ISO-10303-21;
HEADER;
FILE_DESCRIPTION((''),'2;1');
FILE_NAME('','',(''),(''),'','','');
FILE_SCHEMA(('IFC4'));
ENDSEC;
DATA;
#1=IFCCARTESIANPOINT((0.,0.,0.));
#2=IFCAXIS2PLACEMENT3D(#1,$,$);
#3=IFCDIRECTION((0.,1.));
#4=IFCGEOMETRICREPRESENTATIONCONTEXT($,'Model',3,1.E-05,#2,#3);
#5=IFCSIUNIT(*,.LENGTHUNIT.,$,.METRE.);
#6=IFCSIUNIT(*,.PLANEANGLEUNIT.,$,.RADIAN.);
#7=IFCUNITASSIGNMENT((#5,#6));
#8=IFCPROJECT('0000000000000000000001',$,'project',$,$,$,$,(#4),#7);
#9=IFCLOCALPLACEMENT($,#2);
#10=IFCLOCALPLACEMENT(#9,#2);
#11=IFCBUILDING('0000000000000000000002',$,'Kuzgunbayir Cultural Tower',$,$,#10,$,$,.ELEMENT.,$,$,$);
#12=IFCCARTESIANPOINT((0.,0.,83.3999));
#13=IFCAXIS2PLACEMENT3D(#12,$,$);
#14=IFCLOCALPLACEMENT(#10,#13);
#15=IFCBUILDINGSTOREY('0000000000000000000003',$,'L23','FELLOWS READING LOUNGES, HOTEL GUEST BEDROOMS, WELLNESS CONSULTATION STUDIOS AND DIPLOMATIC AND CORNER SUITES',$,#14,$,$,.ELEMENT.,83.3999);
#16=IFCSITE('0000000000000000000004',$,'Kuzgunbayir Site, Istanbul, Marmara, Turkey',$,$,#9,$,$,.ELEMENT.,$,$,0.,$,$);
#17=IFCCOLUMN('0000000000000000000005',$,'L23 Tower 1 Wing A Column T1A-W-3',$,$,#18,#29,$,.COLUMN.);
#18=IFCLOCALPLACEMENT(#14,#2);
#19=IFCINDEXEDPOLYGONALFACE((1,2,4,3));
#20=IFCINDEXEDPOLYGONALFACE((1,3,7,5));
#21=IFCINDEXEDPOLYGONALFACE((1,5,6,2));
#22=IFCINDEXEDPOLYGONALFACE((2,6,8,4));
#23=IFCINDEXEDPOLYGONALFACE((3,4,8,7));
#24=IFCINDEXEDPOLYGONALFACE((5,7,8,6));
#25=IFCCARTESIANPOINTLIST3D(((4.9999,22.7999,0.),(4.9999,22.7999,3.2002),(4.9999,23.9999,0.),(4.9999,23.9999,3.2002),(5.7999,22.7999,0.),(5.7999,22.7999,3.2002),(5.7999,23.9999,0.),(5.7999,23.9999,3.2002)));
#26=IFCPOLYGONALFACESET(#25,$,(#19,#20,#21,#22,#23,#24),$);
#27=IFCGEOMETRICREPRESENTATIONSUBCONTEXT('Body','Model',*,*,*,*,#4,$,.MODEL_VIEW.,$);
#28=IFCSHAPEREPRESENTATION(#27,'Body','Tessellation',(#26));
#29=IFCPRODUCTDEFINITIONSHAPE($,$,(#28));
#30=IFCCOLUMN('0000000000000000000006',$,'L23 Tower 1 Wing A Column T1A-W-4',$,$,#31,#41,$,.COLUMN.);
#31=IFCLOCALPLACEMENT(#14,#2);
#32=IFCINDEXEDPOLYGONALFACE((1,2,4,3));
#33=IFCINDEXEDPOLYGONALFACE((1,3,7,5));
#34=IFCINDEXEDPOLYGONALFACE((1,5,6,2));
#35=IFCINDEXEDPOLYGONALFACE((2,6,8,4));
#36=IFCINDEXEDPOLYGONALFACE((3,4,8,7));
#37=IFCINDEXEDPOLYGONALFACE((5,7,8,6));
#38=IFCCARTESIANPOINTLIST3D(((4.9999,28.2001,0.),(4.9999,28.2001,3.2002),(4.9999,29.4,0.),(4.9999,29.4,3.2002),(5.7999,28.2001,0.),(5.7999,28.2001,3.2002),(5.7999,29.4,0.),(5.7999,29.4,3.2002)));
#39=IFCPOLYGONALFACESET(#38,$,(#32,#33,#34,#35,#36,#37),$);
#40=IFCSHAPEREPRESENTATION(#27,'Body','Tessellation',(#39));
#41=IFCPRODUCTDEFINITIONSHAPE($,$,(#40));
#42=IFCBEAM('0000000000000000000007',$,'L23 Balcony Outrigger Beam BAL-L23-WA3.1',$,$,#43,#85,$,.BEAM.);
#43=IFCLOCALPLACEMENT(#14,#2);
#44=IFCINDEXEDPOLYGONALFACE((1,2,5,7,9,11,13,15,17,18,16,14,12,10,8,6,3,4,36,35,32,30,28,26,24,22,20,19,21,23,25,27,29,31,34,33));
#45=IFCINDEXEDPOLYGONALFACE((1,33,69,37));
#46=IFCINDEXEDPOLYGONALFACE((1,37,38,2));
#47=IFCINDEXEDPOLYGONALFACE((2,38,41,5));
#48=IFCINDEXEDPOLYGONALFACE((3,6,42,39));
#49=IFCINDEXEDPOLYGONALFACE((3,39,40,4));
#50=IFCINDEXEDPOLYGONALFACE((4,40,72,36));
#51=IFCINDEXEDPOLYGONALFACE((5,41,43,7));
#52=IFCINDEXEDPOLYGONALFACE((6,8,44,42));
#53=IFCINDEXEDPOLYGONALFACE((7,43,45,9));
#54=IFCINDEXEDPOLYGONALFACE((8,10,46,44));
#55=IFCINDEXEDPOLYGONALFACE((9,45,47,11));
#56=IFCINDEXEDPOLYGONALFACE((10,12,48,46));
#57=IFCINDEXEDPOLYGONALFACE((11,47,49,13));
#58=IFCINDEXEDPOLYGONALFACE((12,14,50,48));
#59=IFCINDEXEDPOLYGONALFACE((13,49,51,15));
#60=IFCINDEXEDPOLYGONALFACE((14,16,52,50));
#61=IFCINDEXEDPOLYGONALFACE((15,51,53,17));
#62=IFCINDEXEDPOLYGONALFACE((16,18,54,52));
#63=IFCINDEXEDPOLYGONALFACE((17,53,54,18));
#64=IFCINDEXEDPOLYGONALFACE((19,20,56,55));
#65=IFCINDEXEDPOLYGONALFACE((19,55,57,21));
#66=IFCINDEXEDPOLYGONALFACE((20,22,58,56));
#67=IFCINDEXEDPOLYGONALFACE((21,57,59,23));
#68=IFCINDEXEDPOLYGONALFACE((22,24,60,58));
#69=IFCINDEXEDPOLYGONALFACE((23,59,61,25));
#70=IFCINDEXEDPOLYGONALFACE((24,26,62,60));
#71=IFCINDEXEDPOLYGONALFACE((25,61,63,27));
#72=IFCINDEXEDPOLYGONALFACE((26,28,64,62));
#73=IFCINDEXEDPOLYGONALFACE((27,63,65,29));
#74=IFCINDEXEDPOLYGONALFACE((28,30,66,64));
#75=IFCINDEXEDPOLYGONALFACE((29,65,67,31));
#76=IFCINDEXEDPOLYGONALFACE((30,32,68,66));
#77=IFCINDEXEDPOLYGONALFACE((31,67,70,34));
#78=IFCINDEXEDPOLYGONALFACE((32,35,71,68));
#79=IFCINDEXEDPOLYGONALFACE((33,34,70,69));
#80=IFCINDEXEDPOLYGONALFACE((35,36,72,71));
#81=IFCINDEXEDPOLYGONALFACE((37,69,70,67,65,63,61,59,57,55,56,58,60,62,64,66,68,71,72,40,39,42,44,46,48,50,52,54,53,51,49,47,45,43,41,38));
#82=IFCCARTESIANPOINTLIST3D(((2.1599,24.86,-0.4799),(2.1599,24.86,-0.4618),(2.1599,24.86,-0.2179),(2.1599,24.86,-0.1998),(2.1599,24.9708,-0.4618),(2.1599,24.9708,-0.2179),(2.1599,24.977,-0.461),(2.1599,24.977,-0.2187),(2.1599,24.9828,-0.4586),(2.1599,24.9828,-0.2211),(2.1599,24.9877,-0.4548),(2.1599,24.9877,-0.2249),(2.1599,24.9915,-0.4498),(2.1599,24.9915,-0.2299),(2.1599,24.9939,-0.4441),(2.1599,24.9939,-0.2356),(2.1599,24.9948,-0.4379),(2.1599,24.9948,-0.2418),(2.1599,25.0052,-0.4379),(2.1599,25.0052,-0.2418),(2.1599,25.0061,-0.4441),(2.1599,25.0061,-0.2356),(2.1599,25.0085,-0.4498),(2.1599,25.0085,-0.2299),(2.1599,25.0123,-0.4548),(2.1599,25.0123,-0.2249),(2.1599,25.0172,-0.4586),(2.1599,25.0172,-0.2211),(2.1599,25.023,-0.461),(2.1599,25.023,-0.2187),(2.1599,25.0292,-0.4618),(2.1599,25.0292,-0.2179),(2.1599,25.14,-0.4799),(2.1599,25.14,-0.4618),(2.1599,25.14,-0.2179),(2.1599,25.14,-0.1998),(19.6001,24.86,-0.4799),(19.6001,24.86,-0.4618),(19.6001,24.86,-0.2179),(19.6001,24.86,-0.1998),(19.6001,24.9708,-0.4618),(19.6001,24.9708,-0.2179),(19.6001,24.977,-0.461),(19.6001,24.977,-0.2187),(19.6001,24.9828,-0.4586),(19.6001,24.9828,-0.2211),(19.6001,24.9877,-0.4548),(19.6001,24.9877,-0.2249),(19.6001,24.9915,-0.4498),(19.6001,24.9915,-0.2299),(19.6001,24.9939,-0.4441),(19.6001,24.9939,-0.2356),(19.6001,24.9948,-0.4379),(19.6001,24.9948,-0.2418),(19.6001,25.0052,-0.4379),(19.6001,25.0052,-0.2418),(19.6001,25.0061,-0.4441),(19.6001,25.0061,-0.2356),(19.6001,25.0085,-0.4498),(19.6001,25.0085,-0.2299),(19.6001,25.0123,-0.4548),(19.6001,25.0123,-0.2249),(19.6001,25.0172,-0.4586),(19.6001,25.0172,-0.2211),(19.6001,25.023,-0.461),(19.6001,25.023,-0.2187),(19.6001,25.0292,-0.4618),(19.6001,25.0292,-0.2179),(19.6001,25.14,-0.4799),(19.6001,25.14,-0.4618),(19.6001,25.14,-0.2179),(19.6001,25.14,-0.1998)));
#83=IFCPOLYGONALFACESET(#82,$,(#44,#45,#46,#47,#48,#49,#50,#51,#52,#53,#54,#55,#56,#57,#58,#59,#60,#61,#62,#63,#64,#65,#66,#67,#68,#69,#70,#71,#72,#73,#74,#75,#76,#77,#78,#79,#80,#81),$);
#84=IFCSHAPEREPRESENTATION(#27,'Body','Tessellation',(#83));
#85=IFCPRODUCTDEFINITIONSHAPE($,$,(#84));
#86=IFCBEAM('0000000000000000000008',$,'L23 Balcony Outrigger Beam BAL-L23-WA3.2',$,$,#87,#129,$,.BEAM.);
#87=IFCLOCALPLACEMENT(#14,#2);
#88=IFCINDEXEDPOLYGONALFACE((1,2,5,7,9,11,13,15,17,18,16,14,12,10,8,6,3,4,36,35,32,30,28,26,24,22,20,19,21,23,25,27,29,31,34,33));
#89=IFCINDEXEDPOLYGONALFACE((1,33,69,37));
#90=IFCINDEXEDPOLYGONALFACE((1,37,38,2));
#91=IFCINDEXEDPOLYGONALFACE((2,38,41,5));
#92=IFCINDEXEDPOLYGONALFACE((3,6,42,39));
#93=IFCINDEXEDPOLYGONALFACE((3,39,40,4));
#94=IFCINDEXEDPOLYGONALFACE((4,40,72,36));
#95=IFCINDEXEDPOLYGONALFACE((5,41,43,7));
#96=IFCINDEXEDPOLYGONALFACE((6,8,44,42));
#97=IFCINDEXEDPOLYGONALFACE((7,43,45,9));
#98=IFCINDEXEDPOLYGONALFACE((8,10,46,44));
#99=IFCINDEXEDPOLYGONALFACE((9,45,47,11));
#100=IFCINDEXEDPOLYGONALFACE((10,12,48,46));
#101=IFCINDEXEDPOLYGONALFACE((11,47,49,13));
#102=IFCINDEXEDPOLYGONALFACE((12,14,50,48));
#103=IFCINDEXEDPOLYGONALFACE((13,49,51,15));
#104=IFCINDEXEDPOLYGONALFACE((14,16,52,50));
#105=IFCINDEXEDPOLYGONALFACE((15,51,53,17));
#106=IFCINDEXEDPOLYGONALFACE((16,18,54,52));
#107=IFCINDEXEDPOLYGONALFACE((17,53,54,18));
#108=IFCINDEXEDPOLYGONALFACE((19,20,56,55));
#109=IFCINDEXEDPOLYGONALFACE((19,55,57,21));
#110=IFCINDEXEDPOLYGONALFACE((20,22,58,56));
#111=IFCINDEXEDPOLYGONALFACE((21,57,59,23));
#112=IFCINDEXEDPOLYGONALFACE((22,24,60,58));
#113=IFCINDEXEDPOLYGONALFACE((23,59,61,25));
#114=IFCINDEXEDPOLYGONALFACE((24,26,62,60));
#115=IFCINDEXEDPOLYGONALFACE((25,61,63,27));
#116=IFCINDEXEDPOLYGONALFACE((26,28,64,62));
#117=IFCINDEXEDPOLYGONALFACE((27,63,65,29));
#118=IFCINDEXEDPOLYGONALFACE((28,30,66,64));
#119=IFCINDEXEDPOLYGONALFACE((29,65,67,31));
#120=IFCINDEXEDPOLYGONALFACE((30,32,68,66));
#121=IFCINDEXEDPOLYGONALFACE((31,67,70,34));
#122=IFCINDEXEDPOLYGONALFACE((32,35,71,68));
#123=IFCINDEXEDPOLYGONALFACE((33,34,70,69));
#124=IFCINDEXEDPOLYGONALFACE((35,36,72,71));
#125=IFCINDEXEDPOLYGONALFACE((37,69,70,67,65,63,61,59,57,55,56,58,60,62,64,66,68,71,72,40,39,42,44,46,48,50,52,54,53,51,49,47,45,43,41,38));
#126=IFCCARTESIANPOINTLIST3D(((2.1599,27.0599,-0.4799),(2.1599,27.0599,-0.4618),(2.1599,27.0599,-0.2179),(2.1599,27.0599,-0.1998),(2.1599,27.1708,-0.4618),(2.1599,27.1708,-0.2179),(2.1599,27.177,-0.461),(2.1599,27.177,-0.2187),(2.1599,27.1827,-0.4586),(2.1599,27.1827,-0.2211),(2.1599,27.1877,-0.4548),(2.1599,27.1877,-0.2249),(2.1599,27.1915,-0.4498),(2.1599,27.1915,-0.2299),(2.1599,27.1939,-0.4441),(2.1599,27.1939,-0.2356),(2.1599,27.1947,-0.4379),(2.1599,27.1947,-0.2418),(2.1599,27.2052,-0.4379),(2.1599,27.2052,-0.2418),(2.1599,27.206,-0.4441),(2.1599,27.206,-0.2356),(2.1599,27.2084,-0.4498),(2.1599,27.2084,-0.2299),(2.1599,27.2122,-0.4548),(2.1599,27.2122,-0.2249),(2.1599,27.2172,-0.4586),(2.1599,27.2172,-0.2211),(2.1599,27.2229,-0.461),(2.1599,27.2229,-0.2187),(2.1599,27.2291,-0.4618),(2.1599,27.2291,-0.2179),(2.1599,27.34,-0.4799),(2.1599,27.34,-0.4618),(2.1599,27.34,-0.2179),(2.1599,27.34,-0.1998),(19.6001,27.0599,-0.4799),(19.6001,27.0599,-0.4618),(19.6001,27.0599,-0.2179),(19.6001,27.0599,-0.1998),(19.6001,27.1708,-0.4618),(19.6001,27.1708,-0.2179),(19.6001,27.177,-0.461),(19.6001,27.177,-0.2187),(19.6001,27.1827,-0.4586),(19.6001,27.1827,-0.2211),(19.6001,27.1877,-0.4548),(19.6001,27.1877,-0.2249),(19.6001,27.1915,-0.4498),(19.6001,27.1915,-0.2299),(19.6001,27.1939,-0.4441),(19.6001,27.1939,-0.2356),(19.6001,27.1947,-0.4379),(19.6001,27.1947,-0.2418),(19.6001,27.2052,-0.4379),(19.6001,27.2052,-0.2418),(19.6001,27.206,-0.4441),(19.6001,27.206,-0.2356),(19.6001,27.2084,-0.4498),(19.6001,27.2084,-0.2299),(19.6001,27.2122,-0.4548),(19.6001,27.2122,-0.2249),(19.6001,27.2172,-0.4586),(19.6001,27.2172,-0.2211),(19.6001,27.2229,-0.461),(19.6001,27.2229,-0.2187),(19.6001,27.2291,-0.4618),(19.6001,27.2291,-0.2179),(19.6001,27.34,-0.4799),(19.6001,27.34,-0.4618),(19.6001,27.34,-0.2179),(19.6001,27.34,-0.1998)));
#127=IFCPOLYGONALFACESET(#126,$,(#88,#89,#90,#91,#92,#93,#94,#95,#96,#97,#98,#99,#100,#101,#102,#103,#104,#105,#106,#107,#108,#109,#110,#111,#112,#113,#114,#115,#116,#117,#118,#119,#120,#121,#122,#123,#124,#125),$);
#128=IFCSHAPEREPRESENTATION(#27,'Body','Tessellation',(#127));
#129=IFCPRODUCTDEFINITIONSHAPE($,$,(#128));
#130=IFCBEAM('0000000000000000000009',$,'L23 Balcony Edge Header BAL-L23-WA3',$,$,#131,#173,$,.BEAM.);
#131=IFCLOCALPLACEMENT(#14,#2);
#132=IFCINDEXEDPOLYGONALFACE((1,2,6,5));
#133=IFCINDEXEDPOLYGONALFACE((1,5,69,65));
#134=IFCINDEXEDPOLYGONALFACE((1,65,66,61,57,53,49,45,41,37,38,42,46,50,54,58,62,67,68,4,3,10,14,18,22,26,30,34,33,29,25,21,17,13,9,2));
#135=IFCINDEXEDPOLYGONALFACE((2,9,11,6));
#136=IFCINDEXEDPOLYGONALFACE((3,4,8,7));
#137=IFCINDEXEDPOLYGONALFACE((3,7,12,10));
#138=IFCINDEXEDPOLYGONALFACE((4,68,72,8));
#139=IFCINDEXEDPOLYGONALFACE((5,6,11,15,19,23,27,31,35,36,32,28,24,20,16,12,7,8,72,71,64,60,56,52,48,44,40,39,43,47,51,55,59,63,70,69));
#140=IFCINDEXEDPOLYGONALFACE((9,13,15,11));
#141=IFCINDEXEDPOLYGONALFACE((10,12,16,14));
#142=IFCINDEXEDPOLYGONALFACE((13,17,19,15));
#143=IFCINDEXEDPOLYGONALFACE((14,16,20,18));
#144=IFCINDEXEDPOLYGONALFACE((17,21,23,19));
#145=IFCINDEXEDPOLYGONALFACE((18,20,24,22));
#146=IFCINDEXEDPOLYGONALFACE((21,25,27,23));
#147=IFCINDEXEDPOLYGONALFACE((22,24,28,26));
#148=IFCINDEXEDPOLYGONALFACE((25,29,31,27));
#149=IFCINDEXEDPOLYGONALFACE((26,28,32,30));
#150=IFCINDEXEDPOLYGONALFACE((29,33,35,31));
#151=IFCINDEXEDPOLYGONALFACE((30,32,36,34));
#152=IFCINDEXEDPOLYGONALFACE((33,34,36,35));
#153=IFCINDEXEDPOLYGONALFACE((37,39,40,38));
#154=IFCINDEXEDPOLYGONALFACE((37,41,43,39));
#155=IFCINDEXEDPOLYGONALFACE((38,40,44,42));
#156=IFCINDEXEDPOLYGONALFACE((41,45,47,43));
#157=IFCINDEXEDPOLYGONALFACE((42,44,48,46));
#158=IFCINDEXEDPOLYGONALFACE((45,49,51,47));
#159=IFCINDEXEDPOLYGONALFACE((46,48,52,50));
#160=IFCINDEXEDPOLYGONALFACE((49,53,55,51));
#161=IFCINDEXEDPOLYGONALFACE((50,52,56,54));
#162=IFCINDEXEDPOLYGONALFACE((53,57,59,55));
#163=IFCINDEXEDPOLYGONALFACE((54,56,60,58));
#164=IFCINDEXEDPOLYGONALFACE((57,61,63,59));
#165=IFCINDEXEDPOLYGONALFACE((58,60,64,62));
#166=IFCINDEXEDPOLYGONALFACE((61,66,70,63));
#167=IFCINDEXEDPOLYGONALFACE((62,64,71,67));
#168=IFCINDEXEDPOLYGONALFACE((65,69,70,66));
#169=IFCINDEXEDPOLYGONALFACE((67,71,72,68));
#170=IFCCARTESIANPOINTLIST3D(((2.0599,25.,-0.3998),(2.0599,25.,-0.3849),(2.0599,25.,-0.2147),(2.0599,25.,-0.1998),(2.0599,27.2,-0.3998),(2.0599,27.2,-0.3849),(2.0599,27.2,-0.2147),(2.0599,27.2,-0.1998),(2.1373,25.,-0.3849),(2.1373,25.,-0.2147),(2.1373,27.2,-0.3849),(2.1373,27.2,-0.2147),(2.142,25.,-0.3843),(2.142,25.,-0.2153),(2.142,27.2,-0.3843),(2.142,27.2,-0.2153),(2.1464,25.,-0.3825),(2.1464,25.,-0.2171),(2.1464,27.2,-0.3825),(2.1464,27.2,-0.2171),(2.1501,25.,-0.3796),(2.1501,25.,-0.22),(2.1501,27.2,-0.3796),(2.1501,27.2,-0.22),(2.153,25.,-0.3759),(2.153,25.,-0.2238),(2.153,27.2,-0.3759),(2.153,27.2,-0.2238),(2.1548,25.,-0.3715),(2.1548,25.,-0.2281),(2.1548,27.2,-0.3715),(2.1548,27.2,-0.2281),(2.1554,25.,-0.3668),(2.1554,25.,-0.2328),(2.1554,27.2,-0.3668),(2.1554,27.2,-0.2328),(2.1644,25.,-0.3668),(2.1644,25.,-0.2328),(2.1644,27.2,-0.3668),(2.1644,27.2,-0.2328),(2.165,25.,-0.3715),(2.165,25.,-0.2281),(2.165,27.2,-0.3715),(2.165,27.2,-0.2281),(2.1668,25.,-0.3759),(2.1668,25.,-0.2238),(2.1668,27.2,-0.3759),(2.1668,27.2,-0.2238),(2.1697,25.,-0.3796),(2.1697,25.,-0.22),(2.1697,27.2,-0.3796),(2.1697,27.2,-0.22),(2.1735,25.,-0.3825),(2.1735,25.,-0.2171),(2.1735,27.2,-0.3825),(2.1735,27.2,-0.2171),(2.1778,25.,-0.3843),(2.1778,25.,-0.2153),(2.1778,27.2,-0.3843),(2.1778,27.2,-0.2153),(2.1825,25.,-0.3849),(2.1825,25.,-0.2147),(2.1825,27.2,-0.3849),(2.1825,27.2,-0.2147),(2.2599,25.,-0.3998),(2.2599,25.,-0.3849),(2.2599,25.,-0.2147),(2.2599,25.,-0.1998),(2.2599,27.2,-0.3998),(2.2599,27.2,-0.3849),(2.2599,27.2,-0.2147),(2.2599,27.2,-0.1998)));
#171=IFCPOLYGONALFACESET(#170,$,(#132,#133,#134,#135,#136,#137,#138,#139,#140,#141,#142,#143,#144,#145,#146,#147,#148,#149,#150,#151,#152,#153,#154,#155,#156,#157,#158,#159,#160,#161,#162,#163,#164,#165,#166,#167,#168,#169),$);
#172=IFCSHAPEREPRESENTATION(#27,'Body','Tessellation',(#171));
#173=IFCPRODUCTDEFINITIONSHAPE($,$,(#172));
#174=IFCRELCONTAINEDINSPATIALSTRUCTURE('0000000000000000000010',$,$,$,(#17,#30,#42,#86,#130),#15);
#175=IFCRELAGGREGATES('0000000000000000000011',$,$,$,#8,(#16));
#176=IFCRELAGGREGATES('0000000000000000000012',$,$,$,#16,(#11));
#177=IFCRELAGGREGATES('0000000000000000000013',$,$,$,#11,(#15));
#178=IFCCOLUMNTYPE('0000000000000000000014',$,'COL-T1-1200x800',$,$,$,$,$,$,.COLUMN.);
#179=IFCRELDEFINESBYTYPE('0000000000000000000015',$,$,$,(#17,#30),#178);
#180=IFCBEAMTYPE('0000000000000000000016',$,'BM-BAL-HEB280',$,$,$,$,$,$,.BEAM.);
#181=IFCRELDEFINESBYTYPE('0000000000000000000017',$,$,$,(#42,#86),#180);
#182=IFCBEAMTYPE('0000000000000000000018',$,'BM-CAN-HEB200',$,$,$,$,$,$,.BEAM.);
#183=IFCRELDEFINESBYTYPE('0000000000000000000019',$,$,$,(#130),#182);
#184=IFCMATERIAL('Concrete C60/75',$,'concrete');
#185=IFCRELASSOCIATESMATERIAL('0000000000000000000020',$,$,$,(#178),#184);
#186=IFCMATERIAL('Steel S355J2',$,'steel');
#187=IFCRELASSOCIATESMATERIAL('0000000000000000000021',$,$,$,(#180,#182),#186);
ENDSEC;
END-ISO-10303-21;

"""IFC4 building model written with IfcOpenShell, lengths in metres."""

from ifc_helpers import new_model, si_unit, direction, frame, origin, origin_2d, place, context, subcontext, project, spatial, rectangle, i_section, extrude, material, material_profile, profile_set, type_object, element, save


model = new_model("IFC4")

# Units and contexts
model_context = context("Model", 3, precision=1e-05, world=origin(), true_north=direction((0.0, 1.0)))
body_context = subcontext(model_context, "Body", "Model", "MODEL_VIEW")
ifc_project = project(units=[si_unit("LENGTHUNIT", "METRE"), si_unit("PLANEANGLEUNIT", "RADIAN")], contexts=[model_context])

# Site, building, storey
site_placement = place(None, origin())
site = spatial("IfcSite", under=ifc_project, at=site_placement, Name="Kuzgunbayir Site, Istanbul, Marmara, Turkey", CompositionType="ELEMENT", RefElevation=0.0)
building_placement = place(site_placement, origin())
building = spatial("IfcBuilding", under=site, at=building_placement, Name="Kuzgunbayir Cultural Tower", CompositionType="ELEMENT")
storey_placement = place(building_placement, frame((0.0, 0.0, 83.3999)))
storey = spatial("IfcBuildingStorey", under=building, at=storey_placement, Name="L23", Description="FELLOWS READING LOUNGES, HOTEL GUEST BEDROOMS, WELLNESS CONSULTATION STUDIOS AND DIPLOMATIC AND CORNER SUITES", CompositionType="ELEMENT", Elevation=83.3999)

# Columns
ifc_material_1 = material(Name="Concrete C60/75", Category="concrete")
ifc_material_profile_1 = material_profile(ifc_material_1, rectangle(XDim=0.8, YDim=1.2, at=origin_2d()), Name="RC 1200x800")
ifc_profile_set_1 = profile_set([ifc_material_profile_1], Name="Concrete C60/75")
column_type = type_object("IfcColumnType", Name="COL-T1-1200x800", PredefinedType="COLUMN", material=ifc_profile_set_1)
for number, where, z_axis, x_axis, name in (
    (1, (5.3999, 23.3999, 0.0), (0.0, 0.0, 1.0), (1.0, 0.0, 0.0), "L23 Tower 1 Wing A Column T1A-W-3"),
    (2, (5.3999, 28.8, 0.0), (0.0, 0.0, 1.0), (1.0, 0.0, 0.0), "L23 Tower 1 Wing A Column T1A-W-4"),
):
    element("IfcColumn", number, at=place(storey_placement, frame(where, z_axis=z_axis, x_axis=x_axis)), inside=storey, type_object=column_type, Name=name, PredefinedType="COLUMN", context=body_context, shape_type="SweptSolid", body=[
        extrude(rectangle(XDim=0.8, YDim=1.2, at=origin_2d()), origin(), (0.0, 0.0, 1.0), 3.2002),
    ])

# Beams
ifc_material_2 = material(Name="Steel S355J2", Category="steel")
ifc_material_profile_2 = material_profile(ifc_material_2, i_section(OverallWidth=0.28, OverallDepth=0.28, WebThickness=0.0105, FlangeThickness=0.0181, FilletRadius=0.0239, at=origin_2d()), Name="HEB 280")
ifc_profile_set_2 = profile_set([ifc_material_profile_2], Name="Steel S355J2")
beam_type_1 = type_object("IfcBeamType", Name="BM-BAL-HEB280", PredefinedType="BEAM", material=ifc_profile_set_2)
for number, where, z_axis, x_axis, name in (
    (3, (2.1599, 25.0, -0.3398), (1.0, 0.0, 0.0), (0.0, 1.0, 0.0), "L23 Balcony Outrigger Beam BAL-L23-WA3.1"),
    (4, (2.1599, 27.2, -0.3398), (1.0, 0.0, 0.0), (0.0, 1.0, 0.0), "L23 Balcony Outrigger Beam BAL-L23-WA3.2"),
):
    element("IfcBeam", number, at=place(storey_placement, frame(where, z_axis=z_axis, x_axis=x_axis)), inside=storey, type_object=beam_type_1, Name=name, PredefinedType="BEAM", context=body_context, shape_type="SweptSolid", body=[
        extrude(i_section(OverallWidth=0.28, OverallDepth=0.28, WebThickness=0.0105, FlangeThickness=0.0181, FilletRadius=0.0239, at=origin_2d()), origin(), (0.0, 0.0, 1.0), 17.4402),
    ])
ifc_material_profile_3 = material_profile(ifc_material_2, i_section(OverallWidth=0.2, OverallDepth=0.2, WebThickness=0.009, FlangeThickness=0.0149, FilletRadius=0.0181, at=origin_2d()), Name="HEB 200")
ifc_profile_set_3 = profile_set([ifc_material_profile_3], Name="Steel S355J2")
beam_type_2 = type_object("IfcBeamType", Name="BM-CAN-HEB200", PredefinedType="BEAM", material=ifc_profile_set_3)
beam_1_placement = place(storey_placement, frame((2.1599, 25.0, -0.2998), z_axis=(0.0, 1.0, 0.0), x_axis=(-1.0, 0.0, 0.0)))
element("IfcBeam", 5, at=beam_1_placement, inside=storey, type_object=beam_type_2, Name="L23 Balcony Edge Header BAL-L23-WA3", PredefinedType="BEAM", context=body_context, shape_type="SweptSolid", body=[
    extrude(i_section(OverallWidth=0.2, OverallDepth=0.2, WebThickness=0.009, FlangeThickness=0.0149, FilletRadius=0.0181, at=origin_2d()), origin(), (0.0, 0.0, 1.0), 2.2),
])

save(model, "model.ifc")
